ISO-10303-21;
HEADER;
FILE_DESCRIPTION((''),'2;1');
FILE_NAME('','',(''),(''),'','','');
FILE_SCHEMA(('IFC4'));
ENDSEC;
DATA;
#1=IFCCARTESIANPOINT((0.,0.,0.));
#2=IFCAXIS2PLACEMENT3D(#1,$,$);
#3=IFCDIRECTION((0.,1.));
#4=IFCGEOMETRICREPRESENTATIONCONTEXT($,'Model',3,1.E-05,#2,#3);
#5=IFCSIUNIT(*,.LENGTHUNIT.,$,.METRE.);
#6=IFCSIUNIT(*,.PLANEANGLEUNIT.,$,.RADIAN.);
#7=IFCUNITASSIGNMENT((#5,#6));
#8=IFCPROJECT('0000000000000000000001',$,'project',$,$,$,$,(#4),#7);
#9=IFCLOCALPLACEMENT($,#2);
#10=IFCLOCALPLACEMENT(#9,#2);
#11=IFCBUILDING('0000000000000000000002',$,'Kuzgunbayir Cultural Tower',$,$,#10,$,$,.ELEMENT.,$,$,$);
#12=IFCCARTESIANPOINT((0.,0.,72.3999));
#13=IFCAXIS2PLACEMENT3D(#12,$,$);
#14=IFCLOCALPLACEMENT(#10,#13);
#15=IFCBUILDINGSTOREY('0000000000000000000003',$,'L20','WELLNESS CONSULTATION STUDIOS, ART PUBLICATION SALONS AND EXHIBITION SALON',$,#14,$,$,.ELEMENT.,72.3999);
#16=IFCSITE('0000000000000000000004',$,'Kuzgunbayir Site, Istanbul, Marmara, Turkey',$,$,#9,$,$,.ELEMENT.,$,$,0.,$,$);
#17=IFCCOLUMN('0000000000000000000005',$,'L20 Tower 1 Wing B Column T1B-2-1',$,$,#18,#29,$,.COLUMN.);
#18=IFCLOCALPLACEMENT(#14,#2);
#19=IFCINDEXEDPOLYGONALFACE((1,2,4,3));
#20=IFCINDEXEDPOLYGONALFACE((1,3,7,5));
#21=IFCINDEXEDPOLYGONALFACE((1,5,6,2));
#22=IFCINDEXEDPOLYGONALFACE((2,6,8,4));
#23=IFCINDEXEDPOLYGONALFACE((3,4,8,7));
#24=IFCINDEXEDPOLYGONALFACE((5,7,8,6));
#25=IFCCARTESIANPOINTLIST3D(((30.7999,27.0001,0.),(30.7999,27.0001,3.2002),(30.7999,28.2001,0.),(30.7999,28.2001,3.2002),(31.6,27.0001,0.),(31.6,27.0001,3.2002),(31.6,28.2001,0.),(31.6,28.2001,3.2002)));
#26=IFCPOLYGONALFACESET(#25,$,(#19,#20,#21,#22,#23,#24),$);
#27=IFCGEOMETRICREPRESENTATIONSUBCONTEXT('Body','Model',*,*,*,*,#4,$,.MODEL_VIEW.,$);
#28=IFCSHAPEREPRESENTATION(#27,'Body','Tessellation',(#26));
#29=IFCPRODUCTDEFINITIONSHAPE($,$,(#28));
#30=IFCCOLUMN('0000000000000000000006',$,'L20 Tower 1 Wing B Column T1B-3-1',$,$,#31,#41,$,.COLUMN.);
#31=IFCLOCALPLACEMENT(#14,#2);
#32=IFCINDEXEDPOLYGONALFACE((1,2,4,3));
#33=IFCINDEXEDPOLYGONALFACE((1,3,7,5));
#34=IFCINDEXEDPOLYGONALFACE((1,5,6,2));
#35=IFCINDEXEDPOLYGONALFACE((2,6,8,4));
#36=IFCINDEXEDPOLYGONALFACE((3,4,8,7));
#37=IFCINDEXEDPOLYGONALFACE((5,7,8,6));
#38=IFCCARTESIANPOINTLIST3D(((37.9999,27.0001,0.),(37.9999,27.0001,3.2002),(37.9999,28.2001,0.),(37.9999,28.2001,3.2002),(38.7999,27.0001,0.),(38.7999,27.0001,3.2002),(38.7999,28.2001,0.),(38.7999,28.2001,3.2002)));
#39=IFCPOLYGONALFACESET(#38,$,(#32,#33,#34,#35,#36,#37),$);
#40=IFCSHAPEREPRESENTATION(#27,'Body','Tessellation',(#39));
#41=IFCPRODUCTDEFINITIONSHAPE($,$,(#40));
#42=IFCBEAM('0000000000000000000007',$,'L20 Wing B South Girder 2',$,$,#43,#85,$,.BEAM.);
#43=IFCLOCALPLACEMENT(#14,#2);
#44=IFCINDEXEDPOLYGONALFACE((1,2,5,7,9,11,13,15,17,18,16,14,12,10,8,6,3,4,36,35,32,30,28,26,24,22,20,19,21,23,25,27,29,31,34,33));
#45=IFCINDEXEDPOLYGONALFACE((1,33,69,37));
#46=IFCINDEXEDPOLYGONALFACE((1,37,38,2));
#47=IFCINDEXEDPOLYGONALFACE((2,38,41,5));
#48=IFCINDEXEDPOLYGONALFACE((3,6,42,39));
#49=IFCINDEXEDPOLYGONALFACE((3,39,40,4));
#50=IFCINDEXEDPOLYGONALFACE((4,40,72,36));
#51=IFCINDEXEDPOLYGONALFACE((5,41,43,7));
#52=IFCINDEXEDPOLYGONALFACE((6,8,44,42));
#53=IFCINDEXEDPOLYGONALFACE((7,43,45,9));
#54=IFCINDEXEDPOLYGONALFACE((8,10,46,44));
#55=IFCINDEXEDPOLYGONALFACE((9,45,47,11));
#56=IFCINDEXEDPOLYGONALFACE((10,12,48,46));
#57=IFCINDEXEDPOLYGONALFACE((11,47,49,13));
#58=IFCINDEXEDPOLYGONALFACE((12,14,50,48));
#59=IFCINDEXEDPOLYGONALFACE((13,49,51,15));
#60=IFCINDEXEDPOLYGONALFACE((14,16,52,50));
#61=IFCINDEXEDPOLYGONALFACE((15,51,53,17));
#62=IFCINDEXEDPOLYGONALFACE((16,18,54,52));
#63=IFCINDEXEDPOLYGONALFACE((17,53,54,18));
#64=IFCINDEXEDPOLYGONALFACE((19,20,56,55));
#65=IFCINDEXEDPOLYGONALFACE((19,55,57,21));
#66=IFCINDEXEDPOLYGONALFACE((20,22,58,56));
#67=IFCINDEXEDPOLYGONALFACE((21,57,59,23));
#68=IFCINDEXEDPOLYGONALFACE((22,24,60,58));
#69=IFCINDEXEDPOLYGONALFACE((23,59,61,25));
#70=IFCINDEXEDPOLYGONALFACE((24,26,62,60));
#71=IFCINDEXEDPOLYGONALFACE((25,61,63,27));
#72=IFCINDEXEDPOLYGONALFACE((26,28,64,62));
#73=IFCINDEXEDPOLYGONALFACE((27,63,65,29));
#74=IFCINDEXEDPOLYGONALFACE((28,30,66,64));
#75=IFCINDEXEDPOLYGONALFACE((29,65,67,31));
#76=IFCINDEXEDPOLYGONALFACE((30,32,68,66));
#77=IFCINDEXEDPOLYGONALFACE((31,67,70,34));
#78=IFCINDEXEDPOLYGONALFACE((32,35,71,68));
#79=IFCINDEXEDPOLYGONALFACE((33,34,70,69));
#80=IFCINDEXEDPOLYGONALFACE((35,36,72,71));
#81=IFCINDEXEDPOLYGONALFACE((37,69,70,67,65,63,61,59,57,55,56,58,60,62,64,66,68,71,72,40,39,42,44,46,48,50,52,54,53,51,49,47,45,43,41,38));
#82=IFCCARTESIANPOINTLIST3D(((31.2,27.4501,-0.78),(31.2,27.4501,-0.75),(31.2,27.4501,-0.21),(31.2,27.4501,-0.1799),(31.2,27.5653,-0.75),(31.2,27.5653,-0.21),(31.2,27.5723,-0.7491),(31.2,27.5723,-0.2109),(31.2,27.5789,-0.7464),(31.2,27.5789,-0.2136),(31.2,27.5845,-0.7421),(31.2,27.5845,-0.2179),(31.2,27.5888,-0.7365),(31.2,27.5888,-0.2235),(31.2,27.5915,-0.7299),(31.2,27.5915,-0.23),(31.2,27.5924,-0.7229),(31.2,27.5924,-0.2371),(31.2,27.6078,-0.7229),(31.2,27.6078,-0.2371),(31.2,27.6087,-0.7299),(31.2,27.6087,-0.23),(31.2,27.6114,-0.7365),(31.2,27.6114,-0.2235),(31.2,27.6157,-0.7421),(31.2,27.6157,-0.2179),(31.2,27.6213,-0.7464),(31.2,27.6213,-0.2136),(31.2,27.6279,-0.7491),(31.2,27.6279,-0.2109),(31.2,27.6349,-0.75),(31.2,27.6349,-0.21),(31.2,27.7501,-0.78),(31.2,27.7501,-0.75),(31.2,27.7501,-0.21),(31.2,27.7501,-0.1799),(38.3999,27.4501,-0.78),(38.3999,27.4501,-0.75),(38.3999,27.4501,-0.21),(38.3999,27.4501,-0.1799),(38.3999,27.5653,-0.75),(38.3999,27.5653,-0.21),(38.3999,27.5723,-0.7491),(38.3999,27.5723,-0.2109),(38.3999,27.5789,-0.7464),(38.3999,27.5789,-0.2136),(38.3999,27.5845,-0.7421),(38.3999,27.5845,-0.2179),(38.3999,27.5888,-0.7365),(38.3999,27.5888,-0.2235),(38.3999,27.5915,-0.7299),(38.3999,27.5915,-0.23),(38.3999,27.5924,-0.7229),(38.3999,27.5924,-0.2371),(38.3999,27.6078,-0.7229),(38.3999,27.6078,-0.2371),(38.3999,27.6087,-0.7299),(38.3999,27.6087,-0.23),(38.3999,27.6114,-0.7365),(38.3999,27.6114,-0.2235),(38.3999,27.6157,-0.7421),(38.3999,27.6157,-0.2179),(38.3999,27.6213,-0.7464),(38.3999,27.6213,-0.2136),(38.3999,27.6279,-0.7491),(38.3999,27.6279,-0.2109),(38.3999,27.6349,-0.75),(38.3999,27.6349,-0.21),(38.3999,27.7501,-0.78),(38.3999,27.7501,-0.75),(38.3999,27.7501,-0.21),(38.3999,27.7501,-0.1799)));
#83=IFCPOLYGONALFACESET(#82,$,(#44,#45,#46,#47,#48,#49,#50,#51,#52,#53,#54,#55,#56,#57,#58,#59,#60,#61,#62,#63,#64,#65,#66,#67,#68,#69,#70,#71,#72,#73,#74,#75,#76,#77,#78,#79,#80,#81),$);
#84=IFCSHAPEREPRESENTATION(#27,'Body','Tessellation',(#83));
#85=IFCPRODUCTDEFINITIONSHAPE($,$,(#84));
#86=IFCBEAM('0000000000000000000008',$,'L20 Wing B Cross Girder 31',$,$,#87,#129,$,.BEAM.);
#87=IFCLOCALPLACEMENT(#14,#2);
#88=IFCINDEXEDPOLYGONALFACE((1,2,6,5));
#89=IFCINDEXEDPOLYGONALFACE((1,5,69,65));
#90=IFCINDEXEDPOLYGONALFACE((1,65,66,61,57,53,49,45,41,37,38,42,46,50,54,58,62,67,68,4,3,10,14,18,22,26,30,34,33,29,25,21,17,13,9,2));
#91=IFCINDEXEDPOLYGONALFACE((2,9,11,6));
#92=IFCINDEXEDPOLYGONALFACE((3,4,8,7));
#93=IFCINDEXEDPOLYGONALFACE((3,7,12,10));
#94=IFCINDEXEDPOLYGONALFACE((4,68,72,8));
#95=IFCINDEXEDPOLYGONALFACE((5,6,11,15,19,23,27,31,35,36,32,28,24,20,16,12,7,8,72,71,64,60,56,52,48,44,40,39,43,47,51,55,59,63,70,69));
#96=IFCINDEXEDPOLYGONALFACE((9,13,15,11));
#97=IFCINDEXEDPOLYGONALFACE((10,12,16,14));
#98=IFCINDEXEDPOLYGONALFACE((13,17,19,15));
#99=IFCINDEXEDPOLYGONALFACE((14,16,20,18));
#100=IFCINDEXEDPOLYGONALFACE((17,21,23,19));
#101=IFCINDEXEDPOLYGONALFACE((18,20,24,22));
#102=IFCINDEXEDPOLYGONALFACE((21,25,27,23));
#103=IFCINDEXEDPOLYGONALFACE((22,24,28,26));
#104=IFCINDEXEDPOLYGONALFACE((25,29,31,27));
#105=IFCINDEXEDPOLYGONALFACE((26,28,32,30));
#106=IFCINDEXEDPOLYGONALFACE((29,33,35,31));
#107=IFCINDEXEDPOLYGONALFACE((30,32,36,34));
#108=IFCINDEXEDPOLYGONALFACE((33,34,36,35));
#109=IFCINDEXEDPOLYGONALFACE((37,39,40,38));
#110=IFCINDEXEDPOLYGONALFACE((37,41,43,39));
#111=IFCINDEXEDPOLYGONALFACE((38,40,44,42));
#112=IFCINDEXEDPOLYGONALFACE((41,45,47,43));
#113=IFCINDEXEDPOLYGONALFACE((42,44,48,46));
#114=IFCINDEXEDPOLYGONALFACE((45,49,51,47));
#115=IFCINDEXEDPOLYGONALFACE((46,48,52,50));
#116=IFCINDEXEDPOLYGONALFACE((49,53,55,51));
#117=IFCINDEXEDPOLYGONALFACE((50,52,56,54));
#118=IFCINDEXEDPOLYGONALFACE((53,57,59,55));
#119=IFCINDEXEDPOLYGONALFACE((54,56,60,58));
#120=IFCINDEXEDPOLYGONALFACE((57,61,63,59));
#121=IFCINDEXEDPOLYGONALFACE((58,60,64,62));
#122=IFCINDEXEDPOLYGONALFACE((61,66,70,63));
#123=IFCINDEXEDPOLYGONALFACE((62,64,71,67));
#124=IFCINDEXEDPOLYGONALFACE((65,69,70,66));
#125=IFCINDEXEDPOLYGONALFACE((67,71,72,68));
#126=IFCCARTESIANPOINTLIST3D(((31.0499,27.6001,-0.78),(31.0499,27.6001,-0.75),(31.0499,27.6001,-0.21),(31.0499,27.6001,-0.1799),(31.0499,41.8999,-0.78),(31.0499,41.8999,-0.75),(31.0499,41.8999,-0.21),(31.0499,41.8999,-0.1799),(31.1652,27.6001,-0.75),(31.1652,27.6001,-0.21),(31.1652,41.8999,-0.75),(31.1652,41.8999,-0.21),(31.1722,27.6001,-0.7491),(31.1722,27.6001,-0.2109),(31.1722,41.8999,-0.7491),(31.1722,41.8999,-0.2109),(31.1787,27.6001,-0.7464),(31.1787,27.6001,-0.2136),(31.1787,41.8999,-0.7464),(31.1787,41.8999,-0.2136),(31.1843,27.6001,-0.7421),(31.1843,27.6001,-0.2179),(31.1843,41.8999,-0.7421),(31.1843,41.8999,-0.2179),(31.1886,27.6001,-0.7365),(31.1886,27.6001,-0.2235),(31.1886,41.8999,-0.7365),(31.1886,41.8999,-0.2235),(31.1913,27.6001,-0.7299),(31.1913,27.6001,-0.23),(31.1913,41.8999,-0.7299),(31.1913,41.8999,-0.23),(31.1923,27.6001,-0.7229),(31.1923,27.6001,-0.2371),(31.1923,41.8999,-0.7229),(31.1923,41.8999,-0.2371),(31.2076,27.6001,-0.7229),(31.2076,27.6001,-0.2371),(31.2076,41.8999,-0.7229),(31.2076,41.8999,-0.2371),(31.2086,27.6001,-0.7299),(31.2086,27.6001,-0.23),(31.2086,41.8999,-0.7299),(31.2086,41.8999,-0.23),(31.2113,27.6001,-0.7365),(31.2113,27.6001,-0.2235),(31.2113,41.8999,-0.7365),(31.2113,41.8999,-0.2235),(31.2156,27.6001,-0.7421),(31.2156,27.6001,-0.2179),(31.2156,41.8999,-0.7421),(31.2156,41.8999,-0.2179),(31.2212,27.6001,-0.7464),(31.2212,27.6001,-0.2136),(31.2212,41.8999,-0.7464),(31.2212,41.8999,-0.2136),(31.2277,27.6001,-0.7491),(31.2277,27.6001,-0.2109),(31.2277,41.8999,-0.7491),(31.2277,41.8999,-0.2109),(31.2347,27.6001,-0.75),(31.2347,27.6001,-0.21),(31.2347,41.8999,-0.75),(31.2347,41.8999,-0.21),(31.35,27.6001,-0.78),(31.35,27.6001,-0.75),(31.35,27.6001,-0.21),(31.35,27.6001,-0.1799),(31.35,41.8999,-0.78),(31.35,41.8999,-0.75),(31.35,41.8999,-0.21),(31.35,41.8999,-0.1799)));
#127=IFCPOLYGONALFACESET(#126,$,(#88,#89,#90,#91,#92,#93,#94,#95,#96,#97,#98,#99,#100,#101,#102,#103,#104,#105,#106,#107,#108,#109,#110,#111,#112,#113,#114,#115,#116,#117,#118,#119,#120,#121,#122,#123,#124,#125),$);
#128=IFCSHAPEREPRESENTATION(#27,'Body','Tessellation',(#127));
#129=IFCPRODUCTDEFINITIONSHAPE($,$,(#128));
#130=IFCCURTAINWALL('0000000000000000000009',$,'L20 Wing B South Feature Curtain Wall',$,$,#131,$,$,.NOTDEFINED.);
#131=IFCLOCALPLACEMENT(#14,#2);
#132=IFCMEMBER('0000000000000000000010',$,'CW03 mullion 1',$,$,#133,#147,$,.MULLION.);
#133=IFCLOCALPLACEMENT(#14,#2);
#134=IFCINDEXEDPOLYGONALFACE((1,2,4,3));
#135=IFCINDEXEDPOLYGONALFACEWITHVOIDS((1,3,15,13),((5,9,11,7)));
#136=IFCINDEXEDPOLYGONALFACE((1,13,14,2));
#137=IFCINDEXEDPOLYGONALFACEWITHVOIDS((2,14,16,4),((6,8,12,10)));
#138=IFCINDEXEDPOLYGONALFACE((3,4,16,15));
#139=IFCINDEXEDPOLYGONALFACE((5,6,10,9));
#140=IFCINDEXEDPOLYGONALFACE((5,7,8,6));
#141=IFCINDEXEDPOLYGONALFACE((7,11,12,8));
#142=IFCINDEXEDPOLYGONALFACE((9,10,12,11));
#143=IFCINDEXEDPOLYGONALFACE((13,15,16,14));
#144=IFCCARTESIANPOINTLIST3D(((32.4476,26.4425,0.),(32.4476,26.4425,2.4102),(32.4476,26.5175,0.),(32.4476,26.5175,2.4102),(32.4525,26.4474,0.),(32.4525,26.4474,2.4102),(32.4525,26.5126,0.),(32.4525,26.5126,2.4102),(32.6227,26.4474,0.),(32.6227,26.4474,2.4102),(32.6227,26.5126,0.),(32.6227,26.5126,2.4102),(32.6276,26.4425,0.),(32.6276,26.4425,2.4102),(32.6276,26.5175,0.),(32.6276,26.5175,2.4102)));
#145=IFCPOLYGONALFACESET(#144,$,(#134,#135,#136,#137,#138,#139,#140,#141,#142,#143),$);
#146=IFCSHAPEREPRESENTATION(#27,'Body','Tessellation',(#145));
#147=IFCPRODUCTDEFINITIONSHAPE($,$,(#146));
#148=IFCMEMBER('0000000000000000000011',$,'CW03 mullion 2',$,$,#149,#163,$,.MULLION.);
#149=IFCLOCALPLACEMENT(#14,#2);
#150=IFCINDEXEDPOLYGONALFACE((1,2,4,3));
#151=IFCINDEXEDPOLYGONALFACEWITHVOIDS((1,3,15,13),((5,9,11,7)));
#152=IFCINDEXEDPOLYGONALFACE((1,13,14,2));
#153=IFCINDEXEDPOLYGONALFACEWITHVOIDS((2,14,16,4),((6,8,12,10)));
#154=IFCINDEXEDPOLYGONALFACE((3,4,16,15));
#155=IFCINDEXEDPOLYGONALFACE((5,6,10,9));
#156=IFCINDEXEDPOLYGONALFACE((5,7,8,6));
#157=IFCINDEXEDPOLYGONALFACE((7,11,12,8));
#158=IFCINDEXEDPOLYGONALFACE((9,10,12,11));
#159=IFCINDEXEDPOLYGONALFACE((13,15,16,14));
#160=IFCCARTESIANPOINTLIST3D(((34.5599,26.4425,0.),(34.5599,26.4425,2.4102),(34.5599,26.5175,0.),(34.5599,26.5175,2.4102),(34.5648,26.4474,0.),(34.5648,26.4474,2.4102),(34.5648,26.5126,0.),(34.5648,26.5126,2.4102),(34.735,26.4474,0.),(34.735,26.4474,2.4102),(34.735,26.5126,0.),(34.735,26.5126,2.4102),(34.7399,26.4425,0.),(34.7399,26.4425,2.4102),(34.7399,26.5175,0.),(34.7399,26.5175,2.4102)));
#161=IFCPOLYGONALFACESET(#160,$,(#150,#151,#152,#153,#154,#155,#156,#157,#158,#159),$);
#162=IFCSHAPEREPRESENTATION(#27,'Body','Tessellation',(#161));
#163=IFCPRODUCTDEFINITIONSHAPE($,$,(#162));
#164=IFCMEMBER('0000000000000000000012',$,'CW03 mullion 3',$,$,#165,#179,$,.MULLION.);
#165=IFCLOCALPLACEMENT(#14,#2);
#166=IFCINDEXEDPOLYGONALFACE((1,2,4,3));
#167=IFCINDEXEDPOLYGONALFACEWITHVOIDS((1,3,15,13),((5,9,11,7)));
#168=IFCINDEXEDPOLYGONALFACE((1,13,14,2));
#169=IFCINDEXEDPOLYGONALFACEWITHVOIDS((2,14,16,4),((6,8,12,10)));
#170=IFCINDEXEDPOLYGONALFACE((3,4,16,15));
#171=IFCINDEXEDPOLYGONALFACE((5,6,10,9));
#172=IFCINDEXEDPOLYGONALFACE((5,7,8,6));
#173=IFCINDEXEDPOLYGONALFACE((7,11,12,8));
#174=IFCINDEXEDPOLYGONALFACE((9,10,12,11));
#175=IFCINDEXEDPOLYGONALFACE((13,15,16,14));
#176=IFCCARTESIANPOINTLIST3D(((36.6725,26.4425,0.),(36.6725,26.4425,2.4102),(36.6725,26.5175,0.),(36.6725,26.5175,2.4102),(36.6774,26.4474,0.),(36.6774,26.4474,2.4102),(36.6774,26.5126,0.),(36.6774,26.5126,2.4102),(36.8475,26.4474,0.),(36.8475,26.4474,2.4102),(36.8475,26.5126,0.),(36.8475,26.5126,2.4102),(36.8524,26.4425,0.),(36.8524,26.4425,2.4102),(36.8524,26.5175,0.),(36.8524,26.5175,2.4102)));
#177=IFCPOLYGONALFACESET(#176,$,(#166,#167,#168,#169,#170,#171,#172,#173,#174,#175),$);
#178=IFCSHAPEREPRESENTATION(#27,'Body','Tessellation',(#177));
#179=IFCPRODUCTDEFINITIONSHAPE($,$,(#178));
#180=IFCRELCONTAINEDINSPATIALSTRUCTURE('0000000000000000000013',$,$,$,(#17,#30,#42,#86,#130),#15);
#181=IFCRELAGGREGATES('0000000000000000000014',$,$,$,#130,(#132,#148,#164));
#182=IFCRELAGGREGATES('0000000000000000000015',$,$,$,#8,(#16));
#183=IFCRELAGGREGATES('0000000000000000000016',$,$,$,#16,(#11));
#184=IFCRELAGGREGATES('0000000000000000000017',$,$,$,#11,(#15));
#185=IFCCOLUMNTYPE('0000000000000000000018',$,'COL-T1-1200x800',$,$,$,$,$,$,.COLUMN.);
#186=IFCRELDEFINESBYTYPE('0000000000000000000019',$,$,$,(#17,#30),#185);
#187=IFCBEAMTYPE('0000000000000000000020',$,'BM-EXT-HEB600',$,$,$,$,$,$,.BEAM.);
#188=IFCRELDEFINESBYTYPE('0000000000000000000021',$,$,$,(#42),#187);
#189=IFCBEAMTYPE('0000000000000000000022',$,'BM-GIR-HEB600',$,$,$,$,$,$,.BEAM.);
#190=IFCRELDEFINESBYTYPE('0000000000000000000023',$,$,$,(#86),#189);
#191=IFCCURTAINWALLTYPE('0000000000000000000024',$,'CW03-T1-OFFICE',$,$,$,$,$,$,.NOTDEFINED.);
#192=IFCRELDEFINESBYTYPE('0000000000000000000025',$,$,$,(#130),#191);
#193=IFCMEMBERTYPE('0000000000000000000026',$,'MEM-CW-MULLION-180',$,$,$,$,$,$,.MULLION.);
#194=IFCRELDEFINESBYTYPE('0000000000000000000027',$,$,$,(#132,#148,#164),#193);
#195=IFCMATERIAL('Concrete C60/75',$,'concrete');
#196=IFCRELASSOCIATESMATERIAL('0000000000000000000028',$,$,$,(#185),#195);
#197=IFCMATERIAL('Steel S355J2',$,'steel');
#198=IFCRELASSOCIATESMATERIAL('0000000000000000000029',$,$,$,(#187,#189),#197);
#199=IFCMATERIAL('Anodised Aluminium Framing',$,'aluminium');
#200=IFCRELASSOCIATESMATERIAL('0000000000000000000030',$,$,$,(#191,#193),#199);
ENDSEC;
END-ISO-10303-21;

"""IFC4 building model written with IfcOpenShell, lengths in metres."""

from ifc_helpers import new_model, si_unit, direction, frame, origin, origin_2d, place, context, subcontext, project, spatial, rectangle, hollow_rectangle, i_section, extrude, material, material_profile, profile_set, type_object, element, aggregate, save


model = new_model("IFC4")

# Units and contexts
model_context = context("Model", 3, precision=1e-05, world=origin(), true_north=direction((0.0, 1.0)))
body_context = subcontext(model_context, "Body", "Model", "MODEL_VIEW")
ifc_project = project(units=[si_unit("LENGTHUNIT", "METRE"), si_unit("PLANEANGLEUNIT", "RADIAN")], contexts=[model_context])

# Site, building, storey
site_placement = place(None, origin())
site = spatial("IfcSite", under=ifc_project, at=site_placement, Name="Kuzgunbayir Site, Istanbul, Marmara, Turkey", CompositionType="ELEMENT", RefElevation=0.0)
building_placement = place(site_placement, origin())
building = spatial("IfcBuilding", under=site, at=building_placement, Name="Kuzgunbayir Cultural Tower", CompositionType="ELEMENT")
storey_placement = place(building_placement, frame((0.0, 0.0, 72.3999)))
storey = spatial("IfcBuildingStorey", under=building, at=storey_placement, Name="L20", Description="WELLNESS CONSULTATION STUDIOS, ART PUBLICATION SALONS AND EXHIBITION SALON", CompositionType="ELEMENT", Elevation=72.3999)

# Columns
ifc_material_1 = material(Name="Concrete C60/75", Category="concrete")
ifc_material_profile_1 = material_profile(ifc_material_1, rectangle(XDim=0.8, YDim=1.2, at=origin_2d()), Name="RC 1200x800")
ifc_profile_set_1 = profile_set([ifc_material_profile_1], Name="Concrete C60/75")
column_type = type_object("IfcColumnType", Name="COL-T1-1200x800", PredefinedType="COLUMN", material=ifc_profile_set_1)
for number, where, z_axis, x_axis, name in (
    (1, (31.2, 27.6001, 0.0), (0.0, 0.0, 1.0), (1.0, 0.0, 0.0), "L20 Tower 1 Wing B Column T1B-2-1"),
    (2, (38.3999, 27.6001, 0.0), (0.0, 0.0, 1.0), (1.0, 0.0, 0.0), "L20 Tower 1 Wing B Column T1B-3-1"),
):
    element("IfcColumn", number, at=place(storey_placement, frame(where, z_axis=z_axis, x_axis=x_axis)), inside=storey, type_object=column_type, Name=name, PredefinedType="COLUMN", context=body_context, shape_type="SweptSolid", body=[
        extrude(rectangle(XDim=0.8, YDim=1.2, at=origin_2d()), origin(), (0.0, 0.0, 1.0), 3.2002),
    ])

# Beams
ifc_material_2 = material(Name="Steel S355J2", Category="steel")
ifc_material_profile_2 = material_profile(ifc_material_2, i_section(OverallWidth=0.3, OverallDepth=0.6001, WebThickness=0.0154, FlangeThickness=0.03, FilletRadius=0.0271, at=origin_2d()), Name="HEB 600")
ifc_profile_set_2 = profile_set([ifc_material_profile_2], Name="Steel S355J2")
beam_type_1 = type_object("IfcBeamType", Name="BM-EXT-HEB600", PredefinedType="BEAM", material=ifc_profile_set_2)
beam_1_placement = place(storey_placement, frame((31.2, 27.6001, -0.48), z_axis=(1.0, 0.0, 0.0), x_axis=(0.0, 1.0, 0.0)))
element("IfcBeam", 3, at=beam_1_placement, inside=storey, type_object=beam_type_1, Name="L20 Wing B South Girder 2", PredefinedType="BEAM", context=body_context, shape_type="SweptSolid", body=[
    extrude(i_section(OverallWidth=0.3, OverallDepth=0.6001, WebThickness=0.0154, FlangeThickness=0.03, FilletRadius=0.0271, at=origin_2d()), origin(), (0.0, 0.0, 1.0), 7.2),
])
ifc_material_profile_3 = material_profile(ifc_material_2, i_section(OverallWidth=0.3, OverallDepth=0.6001, WebThickness=0.0154, FlangeThickness=0.03, FilletRadius=0.0271, at=origin_2d()), Name="HEB 600")
ifc_profile_set_3 = profile_set([ifc_material_profile_3], Name="Steel S355J2")
beam_type_2 = type_object("IfcBeamType", Name="BM-GIR-HEB600", PredefinedType="BEAM", material=ifc_profile_set_3)
beam_2_placement = place(storey_placement, frame((31.2, 27.6001, -0.48), z_axis=(0.0, 1.0, 0.0), x_axis=(-1.0, 0.0, 0.0)))
element("IfcBeam", 4, at=beam_2_placement, inside=storey, type_object=beam_type_2, Name="L20 Wing B Cross Girder 31", PredefinedType="BEAM", context=body_context, shape_type="SweptSolid", body=[
    extrude(i_section(OverallWidth=0.3, OverallDepth=0.6001, WebThickness=0.0154, FlangeThickness=0.03, FilletRadius=0.0271, at=origin_2d()), origin(), (0.0, 0.0, 1.0), 14.2998),
])

# Curtain wall, members
ifc_material_3 = material(Name="Anodised Aluminium Framing", Category="aluminium")
curtain_wall_type = type_object("IfcCurtainWallType", Name="CW03-T1-OFFICE", PredefinedType="NOTDEFINED", material=ifc_material_3)
curtain_wall_placement = place(storey_placement, origin())
curtain_wall = element("IfcCurtainWall", 5, at=curtain_wall_placement, inside=storey, type_object=curtain_wall_type, Name="L20 Wing B South Feature Curtain Wall", PredefinedType="NOTDEFINED")
ifc_material_profile_4 = material_profile(ifc_material_3, hollow_rectangle(XDim=0.075, YDim=0.1799, WallThickness=0.0049, at=origin_2d()), Name="RHS 180x75x5")
ifc_profile_set_4 = profile_set([ifc_material_profile_4], Name="Anodised Aluminium Framing")
member_type_1 = type_object("IfcMemberType", Name="MEM-CW-MULLION-180", PredefinedType="MULLION", material=ifc_profile_set_4)
member_1_placement = place(storey_placement, frame((32.5376, 26.48, 0.0), z_axis=(0.0, 0.0, 1.0), x_axis=(0.0, 1.0, 0.0)))
member_1 = element("IfcMember", 6, at=member_1_placement, type_object=member_type_1, Name="CW03 mullion 1", PredefinedType="MULLION", context=body_context, shape_type="SweptSolid", body=[
    extrude(hollow_rectangle(XDim=0.075, YDim=0.1799, WallThickness=0.0049, at=origin_2d()), origin(), (0.0, 0.0, 1.0), 2.4102),
])
member_2_placement = place(storey_placement, frame((34.6499, 26.48, 0.0), z_axis=(0.0, 0.0, 1.0), x_axis=(0.0, 1.0, 0.0)))
member_2 = element("IfcMember", 7, at=member_2_placement, type_object=member_type_1, Name="CW03 mullion 2", PredefinedType="MULLION", context=body_context, shape_type="SweptSolid", body=[
    extrude(hollow_rectangle(XDim=0.075, YDim=0.1799, WallThickness=0.0049, at=origin_2d()), origin(), (0.0, 0.0, 1.0), 2.4102),
])
member_3_placement = place(storey_placement, frame((36.7625, 26.48, 0.0), z_axis=(0.0, 0.0, 1.0), x_axis=(0.0, 1.0, 0.0)))
member_3 = element("IfcMember", 8, at=member_3_placement, type_object=member_type_1, Name="CW03 mullion 3", PredefinedType="MULLION", context=body_context, shape_type="SweptSolid", body=[
    extrude(hollow_rectangle(XDim=0.075, YDim=0.1799, WallThickness=0.0049, at=origin_2d()), origin(), (0.0, 0.0, 1.0), 2.4102),
])
aggregate(curtain_wall, [member_1, member_2, member_3])

save(model, "model.ifc")
